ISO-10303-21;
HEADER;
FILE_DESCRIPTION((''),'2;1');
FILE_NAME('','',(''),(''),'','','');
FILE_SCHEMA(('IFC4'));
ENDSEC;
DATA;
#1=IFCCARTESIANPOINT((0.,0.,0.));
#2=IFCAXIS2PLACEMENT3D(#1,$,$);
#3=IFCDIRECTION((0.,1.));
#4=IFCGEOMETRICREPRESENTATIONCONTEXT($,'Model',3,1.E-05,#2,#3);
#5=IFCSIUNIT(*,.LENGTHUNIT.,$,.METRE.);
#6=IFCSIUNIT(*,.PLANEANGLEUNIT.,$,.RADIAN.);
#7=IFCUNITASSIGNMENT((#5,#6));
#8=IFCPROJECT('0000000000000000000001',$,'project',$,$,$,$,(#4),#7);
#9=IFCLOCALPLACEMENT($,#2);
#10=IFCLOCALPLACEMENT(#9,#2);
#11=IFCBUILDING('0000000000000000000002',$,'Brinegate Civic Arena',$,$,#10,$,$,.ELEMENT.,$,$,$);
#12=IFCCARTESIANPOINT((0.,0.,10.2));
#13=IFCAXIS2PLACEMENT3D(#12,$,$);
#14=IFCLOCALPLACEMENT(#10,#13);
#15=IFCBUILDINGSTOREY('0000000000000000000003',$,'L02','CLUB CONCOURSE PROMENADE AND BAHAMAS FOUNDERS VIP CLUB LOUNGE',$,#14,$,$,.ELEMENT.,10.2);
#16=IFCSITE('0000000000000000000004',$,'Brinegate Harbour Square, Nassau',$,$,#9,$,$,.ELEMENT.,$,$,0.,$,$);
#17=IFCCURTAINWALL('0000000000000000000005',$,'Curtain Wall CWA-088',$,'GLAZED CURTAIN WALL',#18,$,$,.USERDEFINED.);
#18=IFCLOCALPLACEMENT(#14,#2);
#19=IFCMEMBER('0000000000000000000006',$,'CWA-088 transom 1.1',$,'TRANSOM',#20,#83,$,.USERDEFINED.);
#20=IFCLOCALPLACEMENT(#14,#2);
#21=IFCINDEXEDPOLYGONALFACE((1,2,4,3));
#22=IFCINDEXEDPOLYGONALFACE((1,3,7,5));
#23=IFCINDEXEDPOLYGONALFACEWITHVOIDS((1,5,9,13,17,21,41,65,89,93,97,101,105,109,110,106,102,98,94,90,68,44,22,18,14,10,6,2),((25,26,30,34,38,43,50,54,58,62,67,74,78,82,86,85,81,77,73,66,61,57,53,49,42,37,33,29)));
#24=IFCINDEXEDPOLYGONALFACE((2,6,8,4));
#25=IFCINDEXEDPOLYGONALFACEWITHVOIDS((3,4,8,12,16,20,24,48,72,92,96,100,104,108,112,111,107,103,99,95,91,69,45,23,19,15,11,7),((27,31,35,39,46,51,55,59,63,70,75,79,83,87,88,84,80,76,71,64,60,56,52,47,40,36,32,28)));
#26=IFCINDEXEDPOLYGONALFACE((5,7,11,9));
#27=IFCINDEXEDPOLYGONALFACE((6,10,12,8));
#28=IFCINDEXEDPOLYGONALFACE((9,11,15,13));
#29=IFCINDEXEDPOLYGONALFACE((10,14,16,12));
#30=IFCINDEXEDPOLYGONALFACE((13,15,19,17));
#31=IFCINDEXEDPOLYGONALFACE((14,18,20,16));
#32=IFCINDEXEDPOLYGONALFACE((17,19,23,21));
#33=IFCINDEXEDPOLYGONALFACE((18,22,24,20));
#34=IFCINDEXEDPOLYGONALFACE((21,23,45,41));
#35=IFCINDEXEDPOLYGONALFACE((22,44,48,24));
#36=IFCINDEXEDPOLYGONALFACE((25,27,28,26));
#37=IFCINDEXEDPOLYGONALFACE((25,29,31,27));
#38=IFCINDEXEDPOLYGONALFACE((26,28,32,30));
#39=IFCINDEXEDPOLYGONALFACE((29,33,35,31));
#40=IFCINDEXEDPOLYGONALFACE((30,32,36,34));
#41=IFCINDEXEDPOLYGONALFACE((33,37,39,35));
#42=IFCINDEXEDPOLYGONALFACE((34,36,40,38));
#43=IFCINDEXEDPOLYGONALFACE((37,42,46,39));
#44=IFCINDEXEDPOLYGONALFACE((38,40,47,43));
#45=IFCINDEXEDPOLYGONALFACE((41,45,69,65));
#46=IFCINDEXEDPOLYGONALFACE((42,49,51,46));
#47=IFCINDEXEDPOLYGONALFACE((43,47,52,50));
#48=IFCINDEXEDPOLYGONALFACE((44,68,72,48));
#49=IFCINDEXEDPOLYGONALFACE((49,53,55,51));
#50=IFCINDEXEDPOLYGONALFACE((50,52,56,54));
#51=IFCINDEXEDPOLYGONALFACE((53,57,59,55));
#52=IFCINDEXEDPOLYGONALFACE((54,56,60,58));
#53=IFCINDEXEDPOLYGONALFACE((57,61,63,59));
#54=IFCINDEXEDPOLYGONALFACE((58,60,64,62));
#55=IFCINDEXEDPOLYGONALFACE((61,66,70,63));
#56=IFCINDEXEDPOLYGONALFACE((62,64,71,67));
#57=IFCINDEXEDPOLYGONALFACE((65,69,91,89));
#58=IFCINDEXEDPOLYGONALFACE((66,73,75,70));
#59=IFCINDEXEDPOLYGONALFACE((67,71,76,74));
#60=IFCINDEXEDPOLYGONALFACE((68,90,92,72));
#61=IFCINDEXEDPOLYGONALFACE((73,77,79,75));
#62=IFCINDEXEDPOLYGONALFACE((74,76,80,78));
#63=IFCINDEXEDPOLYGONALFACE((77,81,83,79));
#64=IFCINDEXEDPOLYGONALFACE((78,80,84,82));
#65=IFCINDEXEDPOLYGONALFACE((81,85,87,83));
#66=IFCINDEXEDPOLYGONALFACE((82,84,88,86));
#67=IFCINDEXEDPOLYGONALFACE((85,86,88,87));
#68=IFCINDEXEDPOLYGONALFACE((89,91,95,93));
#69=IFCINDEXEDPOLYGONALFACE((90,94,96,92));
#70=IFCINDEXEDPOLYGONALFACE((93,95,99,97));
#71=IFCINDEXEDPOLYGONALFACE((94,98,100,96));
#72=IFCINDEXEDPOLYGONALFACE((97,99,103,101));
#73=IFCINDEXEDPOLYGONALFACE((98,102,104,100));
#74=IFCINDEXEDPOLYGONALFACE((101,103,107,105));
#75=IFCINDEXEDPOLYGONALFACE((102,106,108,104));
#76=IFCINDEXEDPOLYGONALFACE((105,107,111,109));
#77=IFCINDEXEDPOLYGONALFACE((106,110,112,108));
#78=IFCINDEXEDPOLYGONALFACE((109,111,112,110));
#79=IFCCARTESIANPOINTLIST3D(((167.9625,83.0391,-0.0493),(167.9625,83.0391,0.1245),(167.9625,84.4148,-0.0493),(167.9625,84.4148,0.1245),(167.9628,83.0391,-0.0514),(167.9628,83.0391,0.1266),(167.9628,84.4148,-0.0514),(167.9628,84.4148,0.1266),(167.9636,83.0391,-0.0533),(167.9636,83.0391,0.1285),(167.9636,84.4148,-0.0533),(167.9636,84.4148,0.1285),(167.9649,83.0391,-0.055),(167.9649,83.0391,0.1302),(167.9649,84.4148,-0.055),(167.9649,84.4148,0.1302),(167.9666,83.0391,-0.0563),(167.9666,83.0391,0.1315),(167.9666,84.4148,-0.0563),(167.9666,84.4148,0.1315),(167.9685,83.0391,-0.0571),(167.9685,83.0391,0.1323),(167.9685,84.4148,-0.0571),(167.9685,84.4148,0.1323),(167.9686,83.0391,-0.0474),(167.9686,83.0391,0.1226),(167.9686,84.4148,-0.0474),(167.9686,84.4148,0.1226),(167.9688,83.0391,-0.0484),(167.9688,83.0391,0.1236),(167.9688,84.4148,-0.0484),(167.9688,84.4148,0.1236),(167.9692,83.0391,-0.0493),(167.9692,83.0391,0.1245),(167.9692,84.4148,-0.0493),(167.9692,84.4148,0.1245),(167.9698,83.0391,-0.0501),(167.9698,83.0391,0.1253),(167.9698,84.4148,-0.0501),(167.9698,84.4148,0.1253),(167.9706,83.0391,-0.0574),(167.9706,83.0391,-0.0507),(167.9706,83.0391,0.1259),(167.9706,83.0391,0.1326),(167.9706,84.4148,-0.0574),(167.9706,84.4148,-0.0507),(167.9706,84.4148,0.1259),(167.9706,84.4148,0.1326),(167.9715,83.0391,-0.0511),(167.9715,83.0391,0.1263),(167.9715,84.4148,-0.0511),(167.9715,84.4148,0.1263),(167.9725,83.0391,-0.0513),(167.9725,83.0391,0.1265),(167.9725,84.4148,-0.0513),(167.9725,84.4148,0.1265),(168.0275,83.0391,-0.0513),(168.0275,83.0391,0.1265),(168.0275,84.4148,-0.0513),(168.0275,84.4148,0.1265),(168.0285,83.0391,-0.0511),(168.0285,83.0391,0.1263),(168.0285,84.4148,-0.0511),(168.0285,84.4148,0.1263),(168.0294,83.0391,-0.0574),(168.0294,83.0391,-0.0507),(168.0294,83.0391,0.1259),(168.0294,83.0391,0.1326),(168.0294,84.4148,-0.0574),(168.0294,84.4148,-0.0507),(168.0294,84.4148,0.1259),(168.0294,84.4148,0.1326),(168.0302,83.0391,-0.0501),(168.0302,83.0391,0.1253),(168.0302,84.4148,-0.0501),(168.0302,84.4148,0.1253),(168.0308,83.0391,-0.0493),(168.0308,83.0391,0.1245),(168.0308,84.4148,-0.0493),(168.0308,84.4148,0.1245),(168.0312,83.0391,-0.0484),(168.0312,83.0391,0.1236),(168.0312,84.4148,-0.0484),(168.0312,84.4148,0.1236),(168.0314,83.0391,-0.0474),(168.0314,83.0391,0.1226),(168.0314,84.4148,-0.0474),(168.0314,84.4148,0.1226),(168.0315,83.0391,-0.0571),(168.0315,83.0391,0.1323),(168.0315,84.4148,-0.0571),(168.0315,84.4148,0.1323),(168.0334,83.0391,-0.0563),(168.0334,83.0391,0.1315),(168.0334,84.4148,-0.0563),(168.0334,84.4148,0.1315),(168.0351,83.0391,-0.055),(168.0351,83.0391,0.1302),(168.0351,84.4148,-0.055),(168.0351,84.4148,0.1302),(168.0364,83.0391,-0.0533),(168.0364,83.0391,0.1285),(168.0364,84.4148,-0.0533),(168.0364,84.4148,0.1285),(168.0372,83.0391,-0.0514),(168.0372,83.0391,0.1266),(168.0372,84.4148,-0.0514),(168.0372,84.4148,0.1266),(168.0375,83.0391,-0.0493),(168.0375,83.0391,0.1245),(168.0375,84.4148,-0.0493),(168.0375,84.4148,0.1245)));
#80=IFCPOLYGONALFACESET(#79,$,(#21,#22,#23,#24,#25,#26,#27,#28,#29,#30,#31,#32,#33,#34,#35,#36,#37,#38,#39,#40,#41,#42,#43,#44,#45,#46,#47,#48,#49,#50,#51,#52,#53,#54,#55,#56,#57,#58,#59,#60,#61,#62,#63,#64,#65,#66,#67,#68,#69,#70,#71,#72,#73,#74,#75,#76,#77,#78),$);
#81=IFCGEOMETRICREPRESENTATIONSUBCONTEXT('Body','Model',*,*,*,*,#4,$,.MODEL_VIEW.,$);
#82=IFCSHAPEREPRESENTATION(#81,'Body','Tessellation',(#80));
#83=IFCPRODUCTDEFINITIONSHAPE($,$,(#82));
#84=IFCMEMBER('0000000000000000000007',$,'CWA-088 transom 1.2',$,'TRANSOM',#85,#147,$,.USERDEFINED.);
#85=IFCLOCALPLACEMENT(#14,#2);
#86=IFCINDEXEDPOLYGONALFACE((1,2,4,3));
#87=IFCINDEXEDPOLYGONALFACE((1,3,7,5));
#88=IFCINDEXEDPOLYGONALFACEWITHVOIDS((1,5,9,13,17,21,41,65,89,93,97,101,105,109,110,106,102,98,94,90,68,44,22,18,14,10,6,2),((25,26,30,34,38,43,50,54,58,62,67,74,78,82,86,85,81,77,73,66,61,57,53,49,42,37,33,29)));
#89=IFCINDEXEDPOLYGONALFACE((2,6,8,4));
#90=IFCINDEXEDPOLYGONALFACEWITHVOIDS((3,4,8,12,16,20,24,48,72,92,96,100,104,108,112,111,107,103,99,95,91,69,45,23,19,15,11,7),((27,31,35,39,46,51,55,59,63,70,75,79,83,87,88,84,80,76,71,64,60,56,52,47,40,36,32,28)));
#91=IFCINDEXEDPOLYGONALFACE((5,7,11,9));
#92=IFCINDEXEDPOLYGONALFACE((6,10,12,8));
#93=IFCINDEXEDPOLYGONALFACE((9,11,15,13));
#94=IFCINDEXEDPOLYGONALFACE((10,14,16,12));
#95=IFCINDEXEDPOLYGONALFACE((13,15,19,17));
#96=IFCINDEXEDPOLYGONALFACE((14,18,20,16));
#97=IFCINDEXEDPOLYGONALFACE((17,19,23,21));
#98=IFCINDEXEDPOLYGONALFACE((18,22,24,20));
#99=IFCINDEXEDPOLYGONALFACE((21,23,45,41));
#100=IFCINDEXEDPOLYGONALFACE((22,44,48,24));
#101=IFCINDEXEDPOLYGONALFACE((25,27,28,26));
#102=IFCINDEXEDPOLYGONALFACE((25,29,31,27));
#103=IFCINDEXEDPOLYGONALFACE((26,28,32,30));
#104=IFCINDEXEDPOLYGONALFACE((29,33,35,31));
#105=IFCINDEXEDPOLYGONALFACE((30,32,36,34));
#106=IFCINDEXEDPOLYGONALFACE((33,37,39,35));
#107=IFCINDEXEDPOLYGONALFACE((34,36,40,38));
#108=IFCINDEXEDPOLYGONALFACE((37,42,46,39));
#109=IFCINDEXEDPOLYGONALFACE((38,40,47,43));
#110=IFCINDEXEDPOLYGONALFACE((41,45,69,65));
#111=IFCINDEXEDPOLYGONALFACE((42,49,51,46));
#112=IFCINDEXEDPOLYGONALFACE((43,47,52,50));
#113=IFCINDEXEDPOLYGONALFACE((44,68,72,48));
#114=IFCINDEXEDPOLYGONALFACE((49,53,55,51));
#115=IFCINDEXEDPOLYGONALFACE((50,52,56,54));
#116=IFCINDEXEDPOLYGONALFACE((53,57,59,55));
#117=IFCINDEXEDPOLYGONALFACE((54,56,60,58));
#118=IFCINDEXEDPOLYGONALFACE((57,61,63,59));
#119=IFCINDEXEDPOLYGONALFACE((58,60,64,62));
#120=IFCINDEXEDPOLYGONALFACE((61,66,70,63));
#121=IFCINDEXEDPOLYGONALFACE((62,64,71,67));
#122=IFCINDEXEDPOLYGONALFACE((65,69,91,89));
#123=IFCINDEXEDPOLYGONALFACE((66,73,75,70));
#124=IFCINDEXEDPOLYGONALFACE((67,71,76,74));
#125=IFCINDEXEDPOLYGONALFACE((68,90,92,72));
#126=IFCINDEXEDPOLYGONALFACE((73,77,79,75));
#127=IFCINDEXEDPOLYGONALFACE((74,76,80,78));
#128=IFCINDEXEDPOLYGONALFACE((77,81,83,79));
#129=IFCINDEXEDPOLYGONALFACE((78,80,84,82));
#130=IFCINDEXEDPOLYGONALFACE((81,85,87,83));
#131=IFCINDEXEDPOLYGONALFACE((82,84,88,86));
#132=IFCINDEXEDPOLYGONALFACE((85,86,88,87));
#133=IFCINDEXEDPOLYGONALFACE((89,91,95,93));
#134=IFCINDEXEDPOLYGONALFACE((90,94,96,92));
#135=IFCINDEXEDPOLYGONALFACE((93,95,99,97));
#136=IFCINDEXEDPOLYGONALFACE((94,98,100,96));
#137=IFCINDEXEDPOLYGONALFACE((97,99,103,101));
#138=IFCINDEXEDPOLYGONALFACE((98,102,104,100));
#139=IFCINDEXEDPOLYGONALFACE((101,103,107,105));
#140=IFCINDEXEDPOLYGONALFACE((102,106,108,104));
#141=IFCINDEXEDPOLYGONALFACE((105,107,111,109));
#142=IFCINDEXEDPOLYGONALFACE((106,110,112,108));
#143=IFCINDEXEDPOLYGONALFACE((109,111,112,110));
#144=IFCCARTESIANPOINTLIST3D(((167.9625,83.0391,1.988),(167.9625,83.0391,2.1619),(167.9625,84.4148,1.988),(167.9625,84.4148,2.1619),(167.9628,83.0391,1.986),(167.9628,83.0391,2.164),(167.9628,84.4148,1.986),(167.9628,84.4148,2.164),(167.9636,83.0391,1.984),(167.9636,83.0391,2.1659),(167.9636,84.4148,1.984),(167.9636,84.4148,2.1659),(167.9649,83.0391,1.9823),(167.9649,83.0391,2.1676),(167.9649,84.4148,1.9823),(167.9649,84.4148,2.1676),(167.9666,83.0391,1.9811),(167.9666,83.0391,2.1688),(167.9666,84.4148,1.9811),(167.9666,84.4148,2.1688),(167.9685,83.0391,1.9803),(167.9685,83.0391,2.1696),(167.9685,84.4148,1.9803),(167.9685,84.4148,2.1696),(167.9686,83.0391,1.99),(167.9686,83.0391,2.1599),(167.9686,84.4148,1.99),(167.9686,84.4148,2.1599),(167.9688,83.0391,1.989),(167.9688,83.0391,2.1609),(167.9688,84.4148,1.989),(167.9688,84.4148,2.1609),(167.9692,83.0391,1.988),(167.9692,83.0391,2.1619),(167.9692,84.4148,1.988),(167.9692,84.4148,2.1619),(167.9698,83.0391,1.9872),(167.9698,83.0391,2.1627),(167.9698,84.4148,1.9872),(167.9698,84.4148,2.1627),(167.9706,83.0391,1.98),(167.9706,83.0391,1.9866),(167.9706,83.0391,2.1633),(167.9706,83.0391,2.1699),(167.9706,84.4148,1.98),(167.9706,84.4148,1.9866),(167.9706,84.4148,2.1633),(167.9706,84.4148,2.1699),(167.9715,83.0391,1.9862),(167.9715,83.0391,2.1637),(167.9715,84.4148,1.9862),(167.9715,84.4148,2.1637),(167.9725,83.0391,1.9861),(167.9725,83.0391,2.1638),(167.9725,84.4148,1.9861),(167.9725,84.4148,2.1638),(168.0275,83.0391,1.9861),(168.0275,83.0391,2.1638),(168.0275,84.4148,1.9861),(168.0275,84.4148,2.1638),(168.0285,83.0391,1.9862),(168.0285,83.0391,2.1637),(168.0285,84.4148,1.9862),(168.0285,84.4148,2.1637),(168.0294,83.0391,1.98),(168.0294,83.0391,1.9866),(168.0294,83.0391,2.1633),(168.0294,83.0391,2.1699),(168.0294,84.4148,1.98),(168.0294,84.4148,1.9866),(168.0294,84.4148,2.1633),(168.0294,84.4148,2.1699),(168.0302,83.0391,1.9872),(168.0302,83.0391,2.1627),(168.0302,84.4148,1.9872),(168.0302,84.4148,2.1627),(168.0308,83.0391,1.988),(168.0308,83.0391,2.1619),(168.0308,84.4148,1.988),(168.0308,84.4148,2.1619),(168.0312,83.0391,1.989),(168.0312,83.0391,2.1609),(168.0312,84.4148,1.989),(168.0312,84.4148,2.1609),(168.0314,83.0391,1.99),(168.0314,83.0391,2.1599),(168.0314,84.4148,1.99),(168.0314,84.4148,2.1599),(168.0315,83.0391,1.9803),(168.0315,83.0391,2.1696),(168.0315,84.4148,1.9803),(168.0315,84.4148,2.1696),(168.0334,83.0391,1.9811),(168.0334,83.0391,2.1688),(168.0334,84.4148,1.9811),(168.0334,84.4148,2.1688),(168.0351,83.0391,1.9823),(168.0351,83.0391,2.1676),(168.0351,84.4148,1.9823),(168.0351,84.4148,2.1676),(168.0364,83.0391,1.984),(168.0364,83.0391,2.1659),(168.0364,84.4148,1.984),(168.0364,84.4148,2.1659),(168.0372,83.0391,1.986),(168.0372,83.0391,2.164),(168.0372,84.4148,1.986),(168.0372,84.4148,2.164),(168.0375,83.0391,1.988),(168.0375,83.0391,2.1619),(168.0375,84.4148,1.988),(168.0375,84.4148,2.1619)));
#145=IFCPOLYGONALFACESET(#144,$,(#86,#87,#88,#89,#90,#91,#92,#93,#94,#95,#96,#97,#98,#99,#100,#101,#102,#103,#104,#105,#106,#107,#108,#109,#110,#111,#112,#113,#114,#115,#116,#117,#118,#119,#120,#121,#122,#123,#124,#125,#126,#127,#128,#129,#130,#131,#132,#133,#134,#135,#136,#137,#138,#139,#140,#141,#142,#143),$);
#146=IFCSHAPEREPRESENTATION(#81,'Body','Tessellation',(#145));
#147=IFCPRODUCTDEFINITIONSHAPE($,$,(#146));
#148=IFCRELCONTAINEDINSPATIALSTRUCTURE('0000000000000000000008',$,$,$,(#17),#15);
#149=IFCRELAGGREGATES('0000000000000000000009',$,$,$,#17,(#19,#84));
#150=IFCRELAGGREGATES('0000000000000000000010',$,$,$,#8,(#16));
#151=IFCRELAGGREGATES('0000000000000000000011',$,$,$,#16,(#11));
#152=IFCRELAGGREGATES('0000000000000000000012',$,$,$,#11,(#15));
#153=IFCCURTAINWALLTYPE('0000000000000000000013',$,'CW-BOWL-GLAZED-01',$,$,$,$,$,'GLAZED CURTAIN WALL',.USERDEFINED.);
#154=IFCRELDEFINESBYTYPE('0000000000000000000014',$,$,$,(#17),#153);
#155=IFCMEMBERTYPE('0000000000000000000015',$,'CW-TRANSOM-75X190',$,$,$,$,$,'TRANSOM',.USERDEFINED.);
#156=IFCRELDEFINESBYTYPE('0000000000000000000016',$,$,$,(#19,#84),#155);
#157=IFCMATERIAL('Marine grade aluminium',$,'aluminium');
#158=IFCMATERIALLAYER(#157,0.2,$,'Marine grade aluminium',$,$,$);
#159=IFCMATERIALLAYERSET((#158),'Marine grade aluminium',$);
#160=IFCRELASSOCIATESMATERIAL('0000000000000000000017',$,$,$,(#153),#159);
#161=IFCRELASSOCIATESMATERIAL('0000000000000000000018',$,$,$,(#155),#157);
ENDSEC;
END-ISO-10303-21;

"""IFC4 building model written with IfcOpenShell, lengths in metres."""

from ifc_helpers import new_model, si_unit, direction, frame, origin, origin_2d, place, context, subcontext, project, spatial, hollow_rectangle, extrude, material, layer, layer_set, material_profile, profile_set, type_object, element, aggregate, save


model = new_model("IFC4")

# Units and contexts
model_context = context("Model", 3, precision=1e-05, world=origin(), true_north=direction((0.0, 1.0)))
body_context = subcontext(model_context, "Body", "Model", "MODEL_VIEW")
ifc_project = project(units=[si_unit("LENGTHUNIT", "METRE"), si_unit("PLANEANGLEUNIT", "RADIAN")], contexts=[model_context])

# Site, building, storey
site_placement = place(None, origin())
site = spatial("IfcSite", under=ifc_project, at=site_placement, Name="Brinegate Harbour Square, Nassau", CompositionType="ELEMENT", RefElevation=0.0)
building_placement = place(site_placement, origin())
building = spatial("IfcBuilding", under=site, at=building_placement, Name="Brinegate Civic Arena", CompositionType="ELEMENT")
storey_placement = place(building_placement, frame((0.0, 0.0, 10.2)))
storey = spatial("IfcBuildingStorey", under=building, at=storey_placement, Name="L02", Description="CLUB CONCOURSE PROMENADE AND BAHAMAS FOUNDERS VIP CLUB LOUNGE", CompositionType="ELEMENT", Elevation=10.2)

# Curtain wall, members
ifc_material_1 = material(Name="Marine grade aluminium", Category="aluminium")
ifc_layer_1 = layer(ifc_material_1, 0.2, Name="Marine grade aluminium")
ifc_layer_set_1 = layer_set([ifc_layer_1], Name="Marine grade aluminium")
curtain_wall_type = type_object("IfcCurtainWallType", Name="CW-BOWL-GLAZED-01", ElementType="GLAZED CURTAIN WALL", PredefinedType="USERDEFINED", material=ifc_layer_set_1)
curtain_wall_placement = place(storey_placement, origin())
curtain_wall = element("IfcCurtainWall", 1, at=curtain_wall_placement, inside=storey, type_object=curtain_wall_type, Name="Curtain Wall CWA-088", ObjectType="GLAZED CURTAIN WALL", PredefinedType="USERDEFINED")
ifc_material_profile_1 = material_profile(ifc_material_1, hollow_rectangle(XDim=0.075, YDim=0.1899, WallThickness=0.0061, InnerFilletRadius=0.0039, OuterFilletRadius=0.0081, at=origin_2d()), Name="TRN75X190")
ifc_profile_set_1 = profile_set([ifc_material_profile_1], Name="Marine grade aluminium")
member_type_1 = type_object("IfcMemberType", Name="CW-TRANSOM-75X190", ElementType="TRANSOM", PredefinedType="USERDEFINED", material=ifc_profile_set_1)
member_1_placement = place(storey_placement, frame((168.0, 83.0391, 0.0376), z_axis=(0.0, 1.0, 0.0), x_axis=(-1.0, 0.0, 0.0)))
member_1 = element("IfcMember", 2, at=member_1_placement, type_object=member_type_1, Name="CWA-088 transom 1.1", ObjectType="TRANSOM", PredefinedType="USERDEFINED", context=body_context, shape_type="SweptSolid", body=[
    extrude(hollow_rectangle(XDim=0.075, YDim=0.1899, WallThickness=0.0061, InnerFilletRadius=0.0039, OuterFilletRadius=0.0081, at=origin_2d()), origin(), (0.0, 0.0, 1.0), 1.3757),
])
member_2_placement = place(storey_placement, frame((168.0, 83.0391, 2.075), z_axis=(0.0, 1.0, 0.0), x_axis=(-1.0, 0.0, 0.0)))
member_2 = element("IfcMember", 3, at=member_2_placement, type_object=member_type_1, Name="CWA-088 transom 1.2", ObjectType="TRANSOM", PredefinedType="USERDEFINED", context=body_context, shape_type="SweptSolid", body=[
    extrude(hollow_rectangle(XDim=0.075, YDim=0.1899, WallThickness=0.0061, InnerFilletRadius=0.0039, OuterFilletRadius=0.0081, at=origin_2d()), origin(), (0.0, 0.0, 1.0), 1.3757),
])

aggregate(curtain_wall, [member_1, member_2])

save(model, "model.ifc")
